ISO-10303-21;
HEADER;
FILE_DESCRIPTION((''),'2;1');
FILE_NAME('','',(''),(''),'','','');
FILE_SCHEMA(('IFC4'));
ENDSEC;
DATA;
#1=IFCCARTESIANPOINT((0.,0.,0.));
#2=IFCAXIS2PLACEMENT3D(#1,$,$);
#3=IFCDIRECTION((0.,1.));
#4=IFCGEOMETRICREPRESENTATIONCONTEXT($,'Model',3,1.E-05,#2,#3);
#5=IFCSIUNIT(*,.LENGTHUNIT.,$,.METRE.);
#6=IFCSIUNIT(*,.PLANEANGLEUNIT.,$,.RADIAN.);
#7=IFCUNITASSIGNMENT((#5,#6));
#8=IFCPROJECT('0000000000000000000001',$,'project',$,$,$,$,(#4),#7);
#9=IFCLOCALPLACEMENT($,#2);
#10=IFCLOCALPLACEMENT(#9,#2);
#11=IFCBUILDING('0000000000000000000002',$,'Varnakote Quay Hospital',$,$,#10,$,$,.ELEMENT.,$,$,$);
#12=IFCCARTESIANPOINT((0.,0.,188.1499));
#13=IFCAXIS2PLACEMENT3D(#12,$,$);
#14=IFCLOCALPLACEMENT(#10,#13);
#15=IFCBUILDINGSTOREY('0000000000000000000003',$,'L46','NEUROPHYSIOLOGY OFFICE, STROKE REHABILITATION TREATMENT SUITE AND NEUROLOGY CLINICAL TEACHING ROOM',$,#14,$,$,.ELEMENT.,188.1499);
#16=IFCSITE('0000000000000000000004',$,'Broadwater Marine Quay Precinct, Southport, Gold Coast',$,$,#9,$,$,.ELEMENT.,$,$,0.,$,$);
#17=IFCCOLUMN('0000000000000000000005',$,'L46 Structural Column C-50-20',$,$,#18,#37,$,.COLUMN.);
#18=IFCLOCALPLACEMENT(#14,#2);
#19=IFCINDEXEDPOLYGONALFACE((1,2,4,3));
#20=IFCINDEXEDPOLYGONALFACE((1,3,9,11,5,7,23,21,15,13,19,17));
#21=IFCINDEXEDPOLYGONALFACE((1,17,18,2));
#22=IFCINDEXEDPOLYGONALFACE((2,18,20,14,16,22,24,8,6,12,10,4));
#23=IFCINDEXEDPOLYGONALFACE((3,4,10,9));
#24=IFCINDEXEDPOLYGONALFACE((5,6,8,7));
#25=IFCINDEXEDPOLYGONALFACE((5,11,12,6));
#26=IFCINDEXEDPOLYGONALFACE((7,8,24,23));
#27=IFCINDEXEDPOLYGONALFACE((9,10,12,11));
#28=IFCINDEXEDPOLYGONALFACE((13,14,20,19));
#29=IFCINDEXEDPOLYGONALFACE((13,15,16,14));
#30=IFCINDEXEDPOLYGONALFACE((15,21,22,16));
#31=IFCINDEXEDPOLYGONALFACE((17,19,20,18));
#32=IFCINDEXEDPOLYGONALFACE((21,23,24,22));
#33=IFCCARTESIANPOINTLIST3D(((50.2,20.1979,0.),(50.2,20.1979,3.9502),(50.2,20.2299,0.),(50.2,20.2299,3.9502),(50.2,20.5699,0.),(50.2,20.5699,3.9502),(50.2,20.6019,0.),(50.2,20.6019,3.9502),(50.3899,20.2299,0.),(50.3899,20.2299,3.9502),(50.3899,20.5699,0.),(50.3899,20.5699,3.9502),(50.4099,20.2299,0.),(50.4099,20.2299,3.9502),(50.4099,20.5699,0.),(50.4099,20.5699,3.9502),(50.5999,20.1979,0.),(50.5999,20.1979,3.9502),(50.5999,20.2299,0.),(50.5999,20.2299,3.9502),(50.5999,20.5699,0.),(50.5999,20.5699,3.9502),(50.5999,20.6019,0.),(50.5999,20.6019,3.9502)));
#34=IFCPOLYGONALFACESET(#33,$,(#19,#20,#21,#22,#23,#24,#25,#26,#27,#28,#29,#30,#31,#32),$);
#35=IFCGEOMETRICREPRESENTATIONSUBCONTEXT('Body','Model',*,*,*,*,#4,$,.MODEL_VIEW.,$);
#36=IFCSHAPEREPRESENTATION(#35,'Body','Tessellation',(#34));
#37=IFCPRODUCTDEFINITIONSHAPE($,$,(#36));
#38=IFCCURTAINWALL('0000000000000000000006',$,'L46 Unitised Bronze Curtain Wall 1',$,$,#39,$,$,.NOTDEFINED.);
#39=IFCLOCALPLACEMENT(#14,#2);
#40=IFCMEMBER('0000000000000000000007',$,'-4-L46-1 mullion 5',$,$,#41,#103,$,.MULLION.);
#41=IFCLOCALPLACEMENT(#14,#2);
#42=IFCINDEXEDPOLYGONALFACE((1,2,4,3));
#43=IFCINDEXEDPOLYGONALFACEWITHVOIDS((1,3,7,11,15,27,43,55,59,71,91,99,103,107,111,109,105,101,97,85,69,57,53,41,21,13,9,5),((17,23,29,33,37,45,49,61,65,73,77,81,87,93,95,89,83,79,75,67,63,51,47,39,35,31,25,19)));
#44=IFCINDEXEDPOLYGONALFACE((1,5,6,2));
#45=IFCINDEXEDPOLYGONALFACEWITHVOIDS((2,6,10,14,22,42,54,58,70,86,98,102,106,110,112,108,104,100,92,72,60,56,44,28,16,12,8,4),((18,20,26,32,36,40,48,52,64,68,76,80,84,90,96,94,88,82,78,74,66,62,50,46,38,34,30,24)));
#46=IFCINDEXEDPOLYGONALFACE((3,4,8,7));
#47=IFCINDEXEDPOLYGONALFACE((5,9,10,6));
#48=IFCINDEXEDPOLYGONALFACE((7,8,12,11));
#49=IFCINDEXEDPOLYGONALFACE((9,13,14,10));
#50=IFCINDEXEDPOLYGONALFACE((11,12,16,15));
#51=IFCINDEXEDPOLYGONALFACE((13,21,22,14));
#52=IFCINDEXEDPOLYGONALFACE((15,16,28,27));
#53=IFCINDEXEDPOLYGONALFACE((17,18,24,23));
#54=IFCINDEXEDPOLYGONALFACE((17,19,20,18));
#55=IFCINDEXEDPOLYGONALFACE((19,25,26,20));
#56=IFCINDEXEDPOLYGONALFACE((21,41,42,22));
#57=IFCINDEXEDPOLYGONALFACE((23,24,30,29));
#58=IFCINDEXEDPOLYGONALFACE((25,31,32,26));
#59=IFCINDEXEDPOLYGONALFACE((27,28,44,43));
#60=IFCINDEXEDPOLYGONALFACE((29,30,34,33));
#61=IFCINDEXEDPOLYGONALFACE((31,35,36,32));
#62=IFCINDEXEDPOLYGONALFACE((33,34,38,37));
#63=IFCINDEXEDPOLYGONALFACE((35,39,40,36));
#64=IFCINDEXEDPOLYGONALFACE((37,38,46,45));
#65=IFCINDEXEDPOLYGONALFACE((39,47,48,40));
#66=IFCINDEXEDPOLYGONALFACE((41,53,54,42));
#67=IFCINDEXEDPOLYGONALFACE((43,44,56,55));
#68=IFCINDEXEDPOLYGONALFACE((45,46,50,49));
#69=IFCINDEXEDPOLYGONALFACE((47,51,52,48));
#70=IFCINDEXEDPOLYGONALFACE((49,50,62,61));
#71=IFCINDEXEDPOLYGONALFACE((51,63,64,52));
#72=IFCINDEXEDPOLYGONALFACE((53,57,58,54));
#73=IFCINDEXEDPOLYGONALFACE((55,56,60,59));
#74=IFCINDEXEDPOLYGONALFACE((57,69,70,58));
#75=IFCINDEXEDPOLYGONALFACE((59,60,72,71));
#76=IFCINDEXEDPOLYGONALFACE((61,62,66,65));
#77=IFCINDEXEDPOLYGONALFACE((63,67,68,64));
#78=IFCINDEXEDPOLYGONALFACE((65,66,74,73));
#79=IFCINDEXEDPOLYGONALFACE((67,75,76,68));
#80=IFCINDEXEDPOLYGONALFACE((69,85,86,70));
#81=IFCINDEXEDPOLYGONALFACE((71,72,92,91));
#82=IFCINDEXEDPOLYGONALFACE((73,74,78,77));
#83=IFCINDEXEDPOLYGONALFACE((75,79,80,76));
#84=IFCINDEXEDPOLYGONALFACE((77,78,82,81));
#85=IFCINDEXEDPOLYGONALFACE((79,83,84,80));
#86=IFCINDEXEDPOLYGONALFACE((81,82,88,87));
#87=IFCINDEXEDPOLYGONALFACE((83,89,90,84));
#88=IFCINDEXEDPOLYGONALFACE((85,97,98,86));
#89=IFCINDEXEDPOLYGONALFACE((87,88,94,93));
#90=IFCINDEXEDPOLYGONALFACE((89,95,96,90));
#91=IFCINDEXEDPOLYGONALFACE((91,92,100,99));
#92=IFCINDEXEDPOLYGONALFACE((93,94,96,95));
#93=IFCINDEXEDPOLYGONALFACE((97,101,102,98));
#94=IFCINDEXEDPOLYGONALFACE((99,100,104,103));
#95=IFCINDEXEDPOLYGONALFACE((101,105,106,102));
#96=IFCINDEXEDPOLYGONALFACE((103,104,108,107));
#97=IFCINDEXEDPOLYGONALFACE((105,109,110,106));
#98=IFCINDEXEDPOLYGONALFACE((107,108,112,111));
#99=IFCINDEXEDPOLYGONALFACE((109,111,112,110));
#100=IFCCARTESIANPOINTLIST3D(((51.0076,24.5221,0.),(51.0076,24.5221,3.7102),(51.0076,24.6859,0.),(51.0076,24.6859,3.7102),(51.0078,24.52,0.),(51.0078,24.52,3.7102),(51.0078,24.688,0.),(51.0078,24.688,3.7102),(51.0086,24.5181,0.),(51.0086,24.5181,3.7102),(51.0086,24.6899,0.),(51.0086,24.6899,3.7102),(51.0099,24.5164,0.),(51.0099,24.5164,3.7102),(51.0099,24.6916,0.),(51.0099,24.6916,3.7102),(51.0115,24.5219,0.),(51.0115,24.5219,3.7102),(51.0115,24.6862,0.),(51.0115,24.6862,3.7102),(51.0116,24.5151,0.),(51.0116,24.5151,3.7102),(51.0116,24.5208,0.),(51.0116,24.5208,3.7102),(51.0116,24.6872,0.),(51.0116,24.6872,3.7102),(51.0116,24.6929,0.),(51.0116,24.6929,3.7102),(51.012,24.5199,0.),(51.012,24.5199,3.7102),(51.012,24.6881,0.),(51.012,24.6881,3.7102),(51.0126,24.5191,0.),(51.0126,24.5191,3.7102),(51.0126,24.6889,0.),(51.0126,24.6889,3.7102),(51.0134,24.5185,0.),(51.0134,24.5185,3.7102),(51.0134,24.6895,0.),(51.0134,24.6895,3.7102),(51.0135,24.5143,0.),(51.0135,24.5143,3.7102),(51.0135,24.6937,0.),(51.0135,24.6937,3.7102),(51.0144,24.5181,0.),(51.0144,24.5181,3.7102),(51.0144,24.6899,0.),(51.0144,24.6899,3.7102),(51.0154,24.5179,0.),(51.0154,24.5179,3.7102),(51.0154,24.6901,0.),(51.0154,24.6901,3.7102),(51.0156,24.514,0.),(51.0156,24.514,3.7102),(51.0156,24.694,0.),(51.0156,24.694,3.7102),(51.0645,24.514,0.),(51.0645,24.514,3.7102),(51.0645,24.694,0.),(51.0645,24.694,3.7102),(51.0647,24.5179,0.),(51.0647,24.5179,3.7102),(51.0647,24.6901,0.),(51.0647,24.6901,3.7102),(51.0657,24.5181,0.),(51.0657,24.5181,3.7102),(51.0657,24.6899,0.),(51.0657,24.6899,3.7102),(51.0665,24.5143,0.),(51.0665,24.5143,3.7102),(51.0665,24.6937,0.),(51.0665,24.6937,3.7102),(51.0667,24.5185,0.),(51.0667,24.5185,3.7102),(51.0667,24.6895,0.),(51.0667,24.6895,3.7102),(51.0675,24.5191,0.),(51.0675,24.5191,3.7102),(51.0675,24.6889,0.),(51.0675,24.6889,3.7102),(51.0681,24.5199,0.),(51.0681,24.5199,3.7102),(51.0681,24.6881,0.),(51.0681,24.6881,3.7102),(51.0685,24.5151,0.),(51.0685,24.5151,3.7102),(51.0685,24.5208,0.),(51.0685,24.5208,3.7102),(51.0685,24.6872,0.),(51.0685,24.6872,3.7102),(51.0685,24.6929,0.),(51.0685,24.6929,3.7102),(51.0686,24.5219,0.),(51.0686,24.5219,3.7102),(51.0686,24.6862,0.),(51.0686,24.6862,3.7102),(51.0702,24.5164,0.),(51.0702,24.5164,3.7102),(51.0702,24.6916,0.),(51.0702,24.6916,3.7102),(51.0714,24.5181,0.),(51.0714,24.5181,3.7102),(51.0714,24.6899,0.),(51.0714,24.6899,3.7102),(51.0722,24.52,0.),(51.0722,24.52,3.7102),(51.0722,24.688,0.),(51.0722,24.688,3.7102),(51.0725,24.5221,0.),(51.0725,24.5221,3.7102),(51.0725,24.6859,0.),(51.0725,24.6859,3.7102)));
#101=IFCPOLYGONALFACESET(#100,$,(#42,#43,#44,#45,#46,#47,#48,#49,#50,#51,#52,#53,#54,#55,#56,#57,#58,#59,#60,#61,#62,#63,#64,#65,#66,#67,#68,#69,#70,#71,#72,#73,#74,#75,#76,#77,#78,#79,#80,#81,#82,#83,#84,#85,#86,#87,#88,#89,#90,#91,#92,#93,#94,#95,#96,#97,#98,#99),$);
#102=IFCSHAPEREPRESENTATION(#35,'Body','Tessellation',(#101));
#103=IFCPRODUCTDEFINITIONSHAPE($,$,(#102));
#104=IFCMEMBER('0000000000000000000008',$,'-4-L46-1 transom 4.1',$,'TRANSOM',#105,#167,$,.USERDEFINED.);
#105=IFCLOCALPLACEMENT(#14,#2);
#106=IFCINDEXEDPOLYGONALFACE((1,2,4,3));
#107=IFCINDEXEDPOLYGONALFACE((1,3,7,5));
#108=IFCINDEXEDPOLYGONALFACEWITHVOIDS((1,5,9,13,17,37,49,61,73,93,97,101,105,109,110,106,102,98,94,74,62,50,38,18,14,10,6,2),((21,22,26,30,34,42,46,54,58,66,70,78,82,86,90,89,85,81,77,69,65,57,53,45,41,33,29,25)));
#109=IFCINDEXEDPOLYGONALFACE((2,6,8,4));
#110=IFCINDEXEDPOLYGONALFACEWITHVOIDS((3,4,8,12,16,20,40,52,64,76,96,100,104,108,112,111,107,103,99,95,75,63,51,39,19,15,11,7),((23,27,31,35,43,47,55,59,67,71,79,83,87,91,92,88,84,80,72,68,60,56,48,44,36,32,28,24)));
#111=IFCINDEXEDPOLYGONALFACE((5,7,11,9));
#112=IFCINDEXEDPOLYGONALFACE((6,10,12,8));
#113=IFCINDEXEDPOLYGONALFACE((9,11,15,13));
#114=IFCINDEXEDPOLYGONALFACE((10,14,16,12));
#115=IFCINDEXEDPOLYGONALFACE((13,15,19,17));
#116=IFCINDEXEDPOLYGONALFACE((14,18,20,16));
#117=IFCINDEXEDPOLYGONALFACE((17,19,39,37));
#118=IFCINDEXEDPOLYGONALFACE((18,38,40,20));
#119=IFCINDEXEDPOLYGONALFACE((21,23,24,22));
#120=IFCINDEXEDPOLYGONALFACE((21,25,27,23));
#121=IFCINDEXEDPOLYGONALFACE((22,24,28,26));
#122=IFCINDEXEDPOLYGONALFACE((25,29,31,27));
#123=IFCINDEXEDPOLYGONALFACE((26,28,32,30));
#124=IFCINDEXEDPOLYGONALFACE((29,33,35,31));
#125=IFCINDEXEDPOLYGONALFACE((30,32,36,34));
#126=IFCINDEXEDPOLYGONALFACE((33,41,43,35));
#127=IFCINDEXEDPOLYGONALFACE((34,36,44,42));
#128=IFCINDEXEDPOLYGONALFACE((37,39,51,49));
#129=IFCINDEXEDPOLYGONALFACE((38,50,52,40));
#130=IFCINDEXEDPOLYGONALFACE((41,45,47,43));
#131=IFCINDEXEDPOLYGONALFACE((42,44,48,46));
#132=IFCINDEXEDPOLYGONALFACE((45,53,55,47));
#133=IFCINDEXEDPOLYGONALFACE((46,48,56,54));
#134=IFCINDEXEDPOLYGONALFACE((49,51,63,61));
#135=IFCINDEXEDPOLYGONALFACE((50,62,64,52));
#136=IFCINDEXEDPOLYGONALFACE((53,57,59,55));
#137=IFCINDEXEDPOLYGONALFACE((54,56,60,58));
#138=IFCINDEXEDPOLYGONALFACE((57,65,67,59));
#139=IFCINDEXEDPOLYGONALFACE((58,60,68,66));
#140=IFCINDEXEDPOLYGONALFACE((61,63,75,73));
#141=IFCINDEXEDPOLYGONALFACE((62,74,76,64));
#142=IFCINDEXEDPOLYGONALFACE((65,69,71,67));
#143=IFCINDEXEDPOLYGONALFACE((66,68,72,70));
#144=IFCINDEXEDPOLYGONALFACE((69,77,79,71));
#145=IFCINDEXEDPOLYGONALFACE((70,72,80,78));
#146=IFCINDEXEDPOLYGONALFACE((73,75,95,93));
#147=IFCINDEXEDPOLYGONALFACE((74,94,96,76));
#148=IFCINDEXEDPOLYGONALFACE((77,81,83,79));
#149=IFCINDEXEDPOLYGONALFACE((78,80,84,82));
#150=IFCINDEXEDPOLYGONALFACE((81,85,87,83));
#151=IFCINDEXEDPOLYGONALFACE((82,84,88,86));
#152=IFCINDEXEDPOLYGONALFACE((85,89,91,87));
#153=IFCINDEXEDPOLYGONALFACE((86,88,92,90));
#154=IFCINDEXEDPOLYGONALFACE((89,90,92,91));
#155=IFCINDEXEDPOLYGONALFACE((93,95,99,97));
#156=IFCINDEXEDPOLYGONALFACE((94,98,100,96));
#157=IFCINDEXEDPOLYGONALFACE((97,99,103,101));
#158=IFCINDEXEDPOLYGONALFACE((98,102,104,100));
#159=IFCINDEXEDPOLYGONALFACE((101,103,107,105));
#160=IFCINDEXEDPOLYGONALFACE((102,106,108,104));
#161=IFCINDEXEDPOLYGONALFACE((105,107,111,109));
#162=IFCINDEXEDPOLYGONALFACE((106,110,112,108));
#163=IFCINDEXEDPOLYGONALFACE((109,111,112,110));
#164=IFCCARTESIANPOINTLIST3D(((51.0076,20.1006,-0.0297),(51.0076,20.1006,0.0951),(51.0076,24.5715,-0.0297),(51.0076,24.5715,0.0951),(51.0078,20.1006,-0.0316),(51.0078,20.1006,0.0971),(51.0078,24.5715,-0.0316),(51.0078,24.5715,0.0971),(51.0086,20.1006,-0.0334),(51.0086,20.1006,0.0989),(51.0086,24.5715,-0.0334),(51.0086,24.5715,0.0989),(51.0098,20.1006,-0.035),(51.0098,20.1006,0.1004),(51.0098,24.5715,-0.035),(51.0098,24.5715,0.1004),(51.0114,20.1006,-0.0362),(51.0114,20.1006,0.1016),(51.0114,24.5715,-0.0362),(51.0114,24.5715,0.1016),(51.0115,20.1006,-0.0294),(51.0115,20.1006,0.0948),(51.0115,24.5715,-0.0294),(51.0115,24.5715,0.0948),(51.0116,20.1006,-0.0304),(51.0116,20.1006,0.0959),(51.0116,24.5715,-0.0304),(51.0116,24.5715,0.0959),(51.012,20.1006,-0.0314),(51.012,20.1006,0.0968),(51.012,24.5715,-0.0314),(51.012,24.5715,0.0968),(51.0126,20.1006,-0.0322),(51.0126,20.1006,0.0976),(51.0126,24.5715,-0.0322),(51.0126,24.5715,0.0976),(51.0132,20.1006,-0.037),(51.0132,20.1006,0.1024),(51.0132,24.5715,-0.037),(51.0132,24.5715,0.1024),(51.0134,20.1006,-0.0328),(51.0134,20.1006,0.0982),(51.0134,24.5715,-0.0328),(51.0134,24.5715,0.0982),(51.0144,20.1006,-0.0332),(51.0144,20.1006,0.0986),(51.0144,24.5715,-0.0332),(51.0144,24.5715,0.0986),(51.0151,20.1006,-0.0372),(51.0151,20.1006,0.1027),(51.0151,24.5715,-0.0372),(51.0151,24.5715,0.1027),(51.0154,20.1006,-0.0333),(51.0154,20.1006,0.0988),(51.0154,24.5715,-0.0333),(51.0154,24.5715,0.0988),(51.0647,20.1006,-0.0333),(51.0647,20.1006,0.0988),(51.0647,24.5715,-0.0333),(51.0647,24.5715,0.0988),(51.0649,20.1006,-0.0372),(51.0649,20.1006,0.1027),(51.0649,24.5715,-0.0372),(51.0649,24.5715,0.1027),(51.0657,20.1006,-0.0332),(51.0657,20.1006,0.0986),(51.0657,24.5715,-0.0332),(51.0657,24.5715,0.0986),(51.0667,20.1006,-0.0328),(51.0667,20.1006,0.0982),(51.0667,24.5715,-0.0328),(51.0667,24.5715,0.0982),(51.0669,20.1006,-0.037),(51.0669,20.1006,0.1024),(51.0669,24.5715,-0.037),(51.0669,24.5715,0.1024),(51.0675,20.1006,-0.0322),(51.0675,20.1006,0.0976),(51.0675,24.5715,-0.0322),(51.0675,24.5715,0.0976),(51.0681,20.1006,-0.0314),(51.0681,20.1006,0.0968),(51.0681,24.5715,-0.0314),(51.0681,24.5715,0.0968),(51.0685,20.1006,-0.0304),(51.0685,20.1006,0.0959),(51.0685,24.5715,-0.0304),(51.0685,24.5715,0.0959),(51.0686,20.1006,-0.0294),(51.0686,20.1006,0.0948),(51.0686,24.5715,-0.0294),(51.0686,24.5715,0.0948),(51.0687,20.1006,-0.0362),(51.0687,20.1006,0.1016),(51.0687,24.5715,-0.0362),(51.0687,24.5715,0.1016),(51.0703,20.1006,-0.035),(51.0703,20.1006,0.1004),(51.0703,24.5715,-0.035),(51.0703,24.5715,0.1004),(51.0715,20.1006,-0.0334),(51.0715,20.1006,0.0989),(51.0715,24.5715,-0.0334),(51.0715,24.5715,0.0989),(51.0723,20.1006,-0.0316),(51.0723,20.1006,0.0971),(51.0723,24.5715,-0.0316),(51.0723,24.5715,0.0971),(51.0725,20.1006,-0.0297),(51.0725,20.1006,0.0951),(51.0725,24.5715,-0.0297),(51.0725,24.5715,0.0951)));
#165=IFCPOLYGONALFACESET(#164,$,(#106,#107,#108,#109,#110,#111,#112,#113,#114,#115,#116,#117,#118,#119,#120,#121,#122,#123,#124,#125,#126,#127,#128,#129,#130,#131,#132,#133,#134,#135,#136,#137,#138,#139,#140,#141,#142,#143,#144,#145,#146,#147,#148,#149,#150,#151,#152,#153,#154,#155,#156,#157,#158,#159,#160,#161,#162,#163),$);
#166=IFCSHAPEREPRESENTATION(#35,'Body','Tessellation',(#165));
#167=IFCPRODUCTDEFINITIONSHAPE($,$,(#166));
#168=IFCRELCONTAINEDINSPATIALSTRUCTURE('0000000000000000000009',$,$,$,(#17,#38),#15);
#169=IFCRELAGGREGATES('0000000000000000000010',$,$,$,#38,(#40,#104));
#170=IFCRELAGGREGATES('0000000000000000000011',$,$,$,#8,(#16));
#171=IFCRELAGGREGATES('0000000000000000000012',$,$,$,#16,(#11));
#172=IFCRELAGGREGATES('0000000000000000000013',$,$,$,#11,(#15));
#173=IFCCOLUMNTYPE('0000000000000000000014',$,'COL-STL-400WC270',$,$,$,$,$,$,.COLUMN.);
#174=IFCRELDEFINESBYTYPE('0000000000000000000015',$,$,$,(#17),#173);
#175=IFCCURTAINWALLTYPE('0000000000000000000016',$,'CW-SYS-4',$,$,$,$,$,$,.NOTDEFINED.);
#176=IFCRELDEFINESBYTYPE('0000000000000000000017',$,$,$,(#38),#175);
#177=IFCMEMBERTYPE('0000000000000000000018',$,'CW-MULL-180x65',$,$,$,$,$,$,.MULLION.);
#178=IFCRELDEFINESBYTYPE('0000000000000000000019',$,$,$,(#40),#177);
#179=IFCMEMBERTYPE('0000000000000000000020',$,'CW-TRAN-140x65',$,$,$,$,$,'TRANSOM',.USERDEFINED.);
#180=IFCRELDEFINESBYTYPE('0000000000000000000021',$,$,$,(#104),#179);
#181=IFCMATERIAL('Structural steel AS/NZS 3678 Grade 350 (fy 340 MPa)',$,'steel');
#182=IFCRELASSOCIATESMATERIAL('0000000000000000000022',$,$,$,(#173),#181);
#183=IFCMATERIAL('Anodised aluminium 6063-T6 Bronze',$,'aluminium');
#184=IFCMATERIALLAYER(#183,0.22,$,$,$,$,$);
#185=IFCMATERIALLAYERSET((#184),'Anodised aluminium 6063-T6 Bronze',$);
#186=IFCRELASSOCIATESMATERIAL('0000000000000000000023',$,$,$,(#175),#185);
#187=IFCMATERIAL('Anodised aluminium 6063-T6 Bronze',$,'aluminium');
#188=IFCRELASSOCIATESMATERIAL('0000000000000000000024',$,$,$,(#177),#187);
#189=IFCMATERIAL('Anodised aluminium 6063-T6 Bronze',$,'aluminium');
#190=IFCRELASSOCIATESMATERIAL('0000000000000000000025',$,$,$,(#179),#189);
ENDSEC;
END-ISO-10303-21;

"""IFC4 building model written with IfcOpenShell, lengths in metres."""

from ifc_helpers import new_model, si_unit, direction, frame, origin, origin_2d, place, context, subcontext, project, spatial, hollow_rectangle, i_section, extrude, material, layer, layer_set, material_profile, profile_set, type_object, element, aggregate, save


model = new_model("IFC4")

# Units and contexts
model_context = context("Model", 3, precision=1e-05, world=origin(), true_north=direction((0.0, 1.0)))
body_context = subcontext(model_context, "Body", "Model", "MODEL_VIEW")
ifc_project = project(units=[si_unit("LENGTHUNIT", "METRE"), si_unit("PLANEANGLEUNIT", "RADIAN")], contexts=[model_context])

# Site, building, storey
site_placement = place(None, origin())
site = spatial("IfcSite", under=ifc_project, at=site_placement, Name="Broadwater Marine Quay Precinct, Southport, Gold Coast", CompositionType="ELEMENT", RefElevation=0.0)
building_placement = place(site_placement, origin())
building = spatial("IfcBuilding", under=site, at=building_placement, Name="Varnakote Quay Hospital", CompositionType="ELEMENT")
storey_placement = place(building_placement, frame((0.0, 0.0, 188.1499)))
storey = spatial("IfcBuildingStorey", under=building, at=storey_placement, Name="L46", Description="NEUROPHYSIOLOGY OFFICE, STROKE REHABILITATION TREATMENT SUITE AND NEUROLOGY CLINICAL TEACHING ROOM", CompositionType="ELEMENT", Elevation=188.1499)

# Column
ifc_material_1 = material(Name="Structural steel AS/NZS 3678 Grade 350 (fy 340 MPa)", Category="steel")
ifc_material_profile_1 = material_profile(ifc_material_1, i_section(OverallWidth=0.3999, OverallDepth=0.4041, WebThickness=0.02, FlangeThickness=0.032, at=origin_2d()), Name="400WC270")
ifc_profile_set_1 = profile_set([ifc_material_profile_1], Name="Structural steel AS/NZS 3678 Grade 350 (fy 340 MPa)")
column_type = type_object("IfcColumnType", Name="COL-STL-400WC270", PredefinedType="COLUMN", material=ifc_profile_set_1)
column_placement = place(storey_placement, frame((50.3999, 20.3999, 0.0), z_axis=(0.0, 0.0, 1.0), x_axis=(1.0, 0.0, 0.0)))
element("IfcColumn", 1, at=column_placement, inside=storey, type_object=column_type, Name="L46 Structural Column C-50-20", PredefinedType="COLUMN", context=body_context, shape_type="SweptSolid", body=[
    extrude(i_section(OverallWidth=0.3999, OverallDepth=0.4041, WebThickness=0.02, FlangeThickness=0.032, at=origin_2d()), origin(), (0.0, 0.0, 1.0), 3.9502),
])

# Curtain wall, members
ifc_material_2 = material(Name="Anodised aluminium 6063-T6 Bronze", Category="aluminium")
ifc_layer_1 = layer(ifc_material_2, 0.22)
ifc_layer_set_1 = layer_set([ifc_layer_1], Name="Anodised aluminium 6063-T6 Bronze")
curtain_wall_type = type_object("IfcCurtainWallType", Name="CW-SYS-4", PredefinedType="NOTDEFINED", material=ifc_layer_set_1)
curtain_wall_placement = place(storey_placement, origin())
curtain_wall = element("IfcCurtainWall", 2, at=curtain_wall_placement, inside=storey, type_object=curtain_wall_type, Name="L46 Unitised Bronze Curtain Wall 1", PredefinedType="NOTDEFINED")
ifc_material_3 = material(Name="Anodised aluminium 6063-T6 Bronze", Category="aluminium")
ifc_material_profile_2 = material_profile(ifc_material_3, hollow_rectangle(XDim=0.0649, YDim=0.1799, WallThickness=0.0039, InnerFilletRadius=0.0039, OuterFilletRadius=0.0081, at=origin_2d()), Name="CW-MULL-180x65")
ifc_profile_set_2 = profile_set([ifc_material_profile_2], Name="Anodised aluminium 6063-T6 Bronze")
member_type_1 = type_object("IfcMemberType", Name="CW-MULL-180x65", PredefinedType="MULLION", material=ifc_profile_set_2)
member_1_placement = place(storey_placement, frame((51.04, 24.604, 0.0), z_axis=(0.0, 0.0, 1.0), x_axis=(-1.0, 0.0, 0.0)))
member_1 = element("IfcMember", 3, at=member_1_placement, type_object=member_type_1, Name="-4-L46-1 mullion 5", PredefinedType="MULLION", context=body_context, shape_type="SweptSolid", body=[
    extrude(hollow_rectangle(XDim=0.0649, YDim=0.1799, WallThickness=0.0039, InnerFilletRadius=0.0039, OuterFilletRadius=0.0081, at=origin_2d()), origin(), (0.0, 0.0, 1.0), 3.7102),
])
ifc_material_4 = material(Name="Anodised aluminium 6063-T6 Bronze", Category="aluminium")
ifc_material_profile_3 = material_profile(ifc_material_4, hollow_rectangle(XDim=0.0649, YDim=0.1399, WallThickness=0.0039, InnerFilletRadius=0.0039, OuterFilletRadius=0.0076, at=origin_2d()), Name="CW-TRAN-140x65")
ifc_profile_set_3 = profile_set([ifc_material_profile_3], Name="Anodised aluminium 6063-T6 Bronze")
member_type_2 = type_object("IfcMemberType", Name="CW-TRAN-140x65", ElementType="TRANSOM", PredefinedType="USERDEFINED", material=ifc_profile_set_3)
member_2_placement = place(storey_placement, frame((51.04, 20.1006, 0.0327), z_axis=(0.0, 1.0, 0.0), x_axis=(-1.0, 0.0, 0.0)))
member_2 = element("IfcMember", 4, at=member_2_placement, type_object=member_type_2, Name="-4-L46-1 transom 4.1", ObjectType="TRANSOM", PredefinedType="USERDEFINED", context=body_context, shape_type="SweptSolid", body=[
    extrude(hollow_rectangle(XDim=0.0649, YDim=0.1399, WallThickness=0.0039, InnerFilletRadius=0.0039, OuterFilletRadius=0.0076, at=origin_2d()), origin(), (0.0, 0.0, 1.0), 4.4709),
])
aggregate(curtain_wall, [member_1, member_2])

save(model, "model.ifc")
